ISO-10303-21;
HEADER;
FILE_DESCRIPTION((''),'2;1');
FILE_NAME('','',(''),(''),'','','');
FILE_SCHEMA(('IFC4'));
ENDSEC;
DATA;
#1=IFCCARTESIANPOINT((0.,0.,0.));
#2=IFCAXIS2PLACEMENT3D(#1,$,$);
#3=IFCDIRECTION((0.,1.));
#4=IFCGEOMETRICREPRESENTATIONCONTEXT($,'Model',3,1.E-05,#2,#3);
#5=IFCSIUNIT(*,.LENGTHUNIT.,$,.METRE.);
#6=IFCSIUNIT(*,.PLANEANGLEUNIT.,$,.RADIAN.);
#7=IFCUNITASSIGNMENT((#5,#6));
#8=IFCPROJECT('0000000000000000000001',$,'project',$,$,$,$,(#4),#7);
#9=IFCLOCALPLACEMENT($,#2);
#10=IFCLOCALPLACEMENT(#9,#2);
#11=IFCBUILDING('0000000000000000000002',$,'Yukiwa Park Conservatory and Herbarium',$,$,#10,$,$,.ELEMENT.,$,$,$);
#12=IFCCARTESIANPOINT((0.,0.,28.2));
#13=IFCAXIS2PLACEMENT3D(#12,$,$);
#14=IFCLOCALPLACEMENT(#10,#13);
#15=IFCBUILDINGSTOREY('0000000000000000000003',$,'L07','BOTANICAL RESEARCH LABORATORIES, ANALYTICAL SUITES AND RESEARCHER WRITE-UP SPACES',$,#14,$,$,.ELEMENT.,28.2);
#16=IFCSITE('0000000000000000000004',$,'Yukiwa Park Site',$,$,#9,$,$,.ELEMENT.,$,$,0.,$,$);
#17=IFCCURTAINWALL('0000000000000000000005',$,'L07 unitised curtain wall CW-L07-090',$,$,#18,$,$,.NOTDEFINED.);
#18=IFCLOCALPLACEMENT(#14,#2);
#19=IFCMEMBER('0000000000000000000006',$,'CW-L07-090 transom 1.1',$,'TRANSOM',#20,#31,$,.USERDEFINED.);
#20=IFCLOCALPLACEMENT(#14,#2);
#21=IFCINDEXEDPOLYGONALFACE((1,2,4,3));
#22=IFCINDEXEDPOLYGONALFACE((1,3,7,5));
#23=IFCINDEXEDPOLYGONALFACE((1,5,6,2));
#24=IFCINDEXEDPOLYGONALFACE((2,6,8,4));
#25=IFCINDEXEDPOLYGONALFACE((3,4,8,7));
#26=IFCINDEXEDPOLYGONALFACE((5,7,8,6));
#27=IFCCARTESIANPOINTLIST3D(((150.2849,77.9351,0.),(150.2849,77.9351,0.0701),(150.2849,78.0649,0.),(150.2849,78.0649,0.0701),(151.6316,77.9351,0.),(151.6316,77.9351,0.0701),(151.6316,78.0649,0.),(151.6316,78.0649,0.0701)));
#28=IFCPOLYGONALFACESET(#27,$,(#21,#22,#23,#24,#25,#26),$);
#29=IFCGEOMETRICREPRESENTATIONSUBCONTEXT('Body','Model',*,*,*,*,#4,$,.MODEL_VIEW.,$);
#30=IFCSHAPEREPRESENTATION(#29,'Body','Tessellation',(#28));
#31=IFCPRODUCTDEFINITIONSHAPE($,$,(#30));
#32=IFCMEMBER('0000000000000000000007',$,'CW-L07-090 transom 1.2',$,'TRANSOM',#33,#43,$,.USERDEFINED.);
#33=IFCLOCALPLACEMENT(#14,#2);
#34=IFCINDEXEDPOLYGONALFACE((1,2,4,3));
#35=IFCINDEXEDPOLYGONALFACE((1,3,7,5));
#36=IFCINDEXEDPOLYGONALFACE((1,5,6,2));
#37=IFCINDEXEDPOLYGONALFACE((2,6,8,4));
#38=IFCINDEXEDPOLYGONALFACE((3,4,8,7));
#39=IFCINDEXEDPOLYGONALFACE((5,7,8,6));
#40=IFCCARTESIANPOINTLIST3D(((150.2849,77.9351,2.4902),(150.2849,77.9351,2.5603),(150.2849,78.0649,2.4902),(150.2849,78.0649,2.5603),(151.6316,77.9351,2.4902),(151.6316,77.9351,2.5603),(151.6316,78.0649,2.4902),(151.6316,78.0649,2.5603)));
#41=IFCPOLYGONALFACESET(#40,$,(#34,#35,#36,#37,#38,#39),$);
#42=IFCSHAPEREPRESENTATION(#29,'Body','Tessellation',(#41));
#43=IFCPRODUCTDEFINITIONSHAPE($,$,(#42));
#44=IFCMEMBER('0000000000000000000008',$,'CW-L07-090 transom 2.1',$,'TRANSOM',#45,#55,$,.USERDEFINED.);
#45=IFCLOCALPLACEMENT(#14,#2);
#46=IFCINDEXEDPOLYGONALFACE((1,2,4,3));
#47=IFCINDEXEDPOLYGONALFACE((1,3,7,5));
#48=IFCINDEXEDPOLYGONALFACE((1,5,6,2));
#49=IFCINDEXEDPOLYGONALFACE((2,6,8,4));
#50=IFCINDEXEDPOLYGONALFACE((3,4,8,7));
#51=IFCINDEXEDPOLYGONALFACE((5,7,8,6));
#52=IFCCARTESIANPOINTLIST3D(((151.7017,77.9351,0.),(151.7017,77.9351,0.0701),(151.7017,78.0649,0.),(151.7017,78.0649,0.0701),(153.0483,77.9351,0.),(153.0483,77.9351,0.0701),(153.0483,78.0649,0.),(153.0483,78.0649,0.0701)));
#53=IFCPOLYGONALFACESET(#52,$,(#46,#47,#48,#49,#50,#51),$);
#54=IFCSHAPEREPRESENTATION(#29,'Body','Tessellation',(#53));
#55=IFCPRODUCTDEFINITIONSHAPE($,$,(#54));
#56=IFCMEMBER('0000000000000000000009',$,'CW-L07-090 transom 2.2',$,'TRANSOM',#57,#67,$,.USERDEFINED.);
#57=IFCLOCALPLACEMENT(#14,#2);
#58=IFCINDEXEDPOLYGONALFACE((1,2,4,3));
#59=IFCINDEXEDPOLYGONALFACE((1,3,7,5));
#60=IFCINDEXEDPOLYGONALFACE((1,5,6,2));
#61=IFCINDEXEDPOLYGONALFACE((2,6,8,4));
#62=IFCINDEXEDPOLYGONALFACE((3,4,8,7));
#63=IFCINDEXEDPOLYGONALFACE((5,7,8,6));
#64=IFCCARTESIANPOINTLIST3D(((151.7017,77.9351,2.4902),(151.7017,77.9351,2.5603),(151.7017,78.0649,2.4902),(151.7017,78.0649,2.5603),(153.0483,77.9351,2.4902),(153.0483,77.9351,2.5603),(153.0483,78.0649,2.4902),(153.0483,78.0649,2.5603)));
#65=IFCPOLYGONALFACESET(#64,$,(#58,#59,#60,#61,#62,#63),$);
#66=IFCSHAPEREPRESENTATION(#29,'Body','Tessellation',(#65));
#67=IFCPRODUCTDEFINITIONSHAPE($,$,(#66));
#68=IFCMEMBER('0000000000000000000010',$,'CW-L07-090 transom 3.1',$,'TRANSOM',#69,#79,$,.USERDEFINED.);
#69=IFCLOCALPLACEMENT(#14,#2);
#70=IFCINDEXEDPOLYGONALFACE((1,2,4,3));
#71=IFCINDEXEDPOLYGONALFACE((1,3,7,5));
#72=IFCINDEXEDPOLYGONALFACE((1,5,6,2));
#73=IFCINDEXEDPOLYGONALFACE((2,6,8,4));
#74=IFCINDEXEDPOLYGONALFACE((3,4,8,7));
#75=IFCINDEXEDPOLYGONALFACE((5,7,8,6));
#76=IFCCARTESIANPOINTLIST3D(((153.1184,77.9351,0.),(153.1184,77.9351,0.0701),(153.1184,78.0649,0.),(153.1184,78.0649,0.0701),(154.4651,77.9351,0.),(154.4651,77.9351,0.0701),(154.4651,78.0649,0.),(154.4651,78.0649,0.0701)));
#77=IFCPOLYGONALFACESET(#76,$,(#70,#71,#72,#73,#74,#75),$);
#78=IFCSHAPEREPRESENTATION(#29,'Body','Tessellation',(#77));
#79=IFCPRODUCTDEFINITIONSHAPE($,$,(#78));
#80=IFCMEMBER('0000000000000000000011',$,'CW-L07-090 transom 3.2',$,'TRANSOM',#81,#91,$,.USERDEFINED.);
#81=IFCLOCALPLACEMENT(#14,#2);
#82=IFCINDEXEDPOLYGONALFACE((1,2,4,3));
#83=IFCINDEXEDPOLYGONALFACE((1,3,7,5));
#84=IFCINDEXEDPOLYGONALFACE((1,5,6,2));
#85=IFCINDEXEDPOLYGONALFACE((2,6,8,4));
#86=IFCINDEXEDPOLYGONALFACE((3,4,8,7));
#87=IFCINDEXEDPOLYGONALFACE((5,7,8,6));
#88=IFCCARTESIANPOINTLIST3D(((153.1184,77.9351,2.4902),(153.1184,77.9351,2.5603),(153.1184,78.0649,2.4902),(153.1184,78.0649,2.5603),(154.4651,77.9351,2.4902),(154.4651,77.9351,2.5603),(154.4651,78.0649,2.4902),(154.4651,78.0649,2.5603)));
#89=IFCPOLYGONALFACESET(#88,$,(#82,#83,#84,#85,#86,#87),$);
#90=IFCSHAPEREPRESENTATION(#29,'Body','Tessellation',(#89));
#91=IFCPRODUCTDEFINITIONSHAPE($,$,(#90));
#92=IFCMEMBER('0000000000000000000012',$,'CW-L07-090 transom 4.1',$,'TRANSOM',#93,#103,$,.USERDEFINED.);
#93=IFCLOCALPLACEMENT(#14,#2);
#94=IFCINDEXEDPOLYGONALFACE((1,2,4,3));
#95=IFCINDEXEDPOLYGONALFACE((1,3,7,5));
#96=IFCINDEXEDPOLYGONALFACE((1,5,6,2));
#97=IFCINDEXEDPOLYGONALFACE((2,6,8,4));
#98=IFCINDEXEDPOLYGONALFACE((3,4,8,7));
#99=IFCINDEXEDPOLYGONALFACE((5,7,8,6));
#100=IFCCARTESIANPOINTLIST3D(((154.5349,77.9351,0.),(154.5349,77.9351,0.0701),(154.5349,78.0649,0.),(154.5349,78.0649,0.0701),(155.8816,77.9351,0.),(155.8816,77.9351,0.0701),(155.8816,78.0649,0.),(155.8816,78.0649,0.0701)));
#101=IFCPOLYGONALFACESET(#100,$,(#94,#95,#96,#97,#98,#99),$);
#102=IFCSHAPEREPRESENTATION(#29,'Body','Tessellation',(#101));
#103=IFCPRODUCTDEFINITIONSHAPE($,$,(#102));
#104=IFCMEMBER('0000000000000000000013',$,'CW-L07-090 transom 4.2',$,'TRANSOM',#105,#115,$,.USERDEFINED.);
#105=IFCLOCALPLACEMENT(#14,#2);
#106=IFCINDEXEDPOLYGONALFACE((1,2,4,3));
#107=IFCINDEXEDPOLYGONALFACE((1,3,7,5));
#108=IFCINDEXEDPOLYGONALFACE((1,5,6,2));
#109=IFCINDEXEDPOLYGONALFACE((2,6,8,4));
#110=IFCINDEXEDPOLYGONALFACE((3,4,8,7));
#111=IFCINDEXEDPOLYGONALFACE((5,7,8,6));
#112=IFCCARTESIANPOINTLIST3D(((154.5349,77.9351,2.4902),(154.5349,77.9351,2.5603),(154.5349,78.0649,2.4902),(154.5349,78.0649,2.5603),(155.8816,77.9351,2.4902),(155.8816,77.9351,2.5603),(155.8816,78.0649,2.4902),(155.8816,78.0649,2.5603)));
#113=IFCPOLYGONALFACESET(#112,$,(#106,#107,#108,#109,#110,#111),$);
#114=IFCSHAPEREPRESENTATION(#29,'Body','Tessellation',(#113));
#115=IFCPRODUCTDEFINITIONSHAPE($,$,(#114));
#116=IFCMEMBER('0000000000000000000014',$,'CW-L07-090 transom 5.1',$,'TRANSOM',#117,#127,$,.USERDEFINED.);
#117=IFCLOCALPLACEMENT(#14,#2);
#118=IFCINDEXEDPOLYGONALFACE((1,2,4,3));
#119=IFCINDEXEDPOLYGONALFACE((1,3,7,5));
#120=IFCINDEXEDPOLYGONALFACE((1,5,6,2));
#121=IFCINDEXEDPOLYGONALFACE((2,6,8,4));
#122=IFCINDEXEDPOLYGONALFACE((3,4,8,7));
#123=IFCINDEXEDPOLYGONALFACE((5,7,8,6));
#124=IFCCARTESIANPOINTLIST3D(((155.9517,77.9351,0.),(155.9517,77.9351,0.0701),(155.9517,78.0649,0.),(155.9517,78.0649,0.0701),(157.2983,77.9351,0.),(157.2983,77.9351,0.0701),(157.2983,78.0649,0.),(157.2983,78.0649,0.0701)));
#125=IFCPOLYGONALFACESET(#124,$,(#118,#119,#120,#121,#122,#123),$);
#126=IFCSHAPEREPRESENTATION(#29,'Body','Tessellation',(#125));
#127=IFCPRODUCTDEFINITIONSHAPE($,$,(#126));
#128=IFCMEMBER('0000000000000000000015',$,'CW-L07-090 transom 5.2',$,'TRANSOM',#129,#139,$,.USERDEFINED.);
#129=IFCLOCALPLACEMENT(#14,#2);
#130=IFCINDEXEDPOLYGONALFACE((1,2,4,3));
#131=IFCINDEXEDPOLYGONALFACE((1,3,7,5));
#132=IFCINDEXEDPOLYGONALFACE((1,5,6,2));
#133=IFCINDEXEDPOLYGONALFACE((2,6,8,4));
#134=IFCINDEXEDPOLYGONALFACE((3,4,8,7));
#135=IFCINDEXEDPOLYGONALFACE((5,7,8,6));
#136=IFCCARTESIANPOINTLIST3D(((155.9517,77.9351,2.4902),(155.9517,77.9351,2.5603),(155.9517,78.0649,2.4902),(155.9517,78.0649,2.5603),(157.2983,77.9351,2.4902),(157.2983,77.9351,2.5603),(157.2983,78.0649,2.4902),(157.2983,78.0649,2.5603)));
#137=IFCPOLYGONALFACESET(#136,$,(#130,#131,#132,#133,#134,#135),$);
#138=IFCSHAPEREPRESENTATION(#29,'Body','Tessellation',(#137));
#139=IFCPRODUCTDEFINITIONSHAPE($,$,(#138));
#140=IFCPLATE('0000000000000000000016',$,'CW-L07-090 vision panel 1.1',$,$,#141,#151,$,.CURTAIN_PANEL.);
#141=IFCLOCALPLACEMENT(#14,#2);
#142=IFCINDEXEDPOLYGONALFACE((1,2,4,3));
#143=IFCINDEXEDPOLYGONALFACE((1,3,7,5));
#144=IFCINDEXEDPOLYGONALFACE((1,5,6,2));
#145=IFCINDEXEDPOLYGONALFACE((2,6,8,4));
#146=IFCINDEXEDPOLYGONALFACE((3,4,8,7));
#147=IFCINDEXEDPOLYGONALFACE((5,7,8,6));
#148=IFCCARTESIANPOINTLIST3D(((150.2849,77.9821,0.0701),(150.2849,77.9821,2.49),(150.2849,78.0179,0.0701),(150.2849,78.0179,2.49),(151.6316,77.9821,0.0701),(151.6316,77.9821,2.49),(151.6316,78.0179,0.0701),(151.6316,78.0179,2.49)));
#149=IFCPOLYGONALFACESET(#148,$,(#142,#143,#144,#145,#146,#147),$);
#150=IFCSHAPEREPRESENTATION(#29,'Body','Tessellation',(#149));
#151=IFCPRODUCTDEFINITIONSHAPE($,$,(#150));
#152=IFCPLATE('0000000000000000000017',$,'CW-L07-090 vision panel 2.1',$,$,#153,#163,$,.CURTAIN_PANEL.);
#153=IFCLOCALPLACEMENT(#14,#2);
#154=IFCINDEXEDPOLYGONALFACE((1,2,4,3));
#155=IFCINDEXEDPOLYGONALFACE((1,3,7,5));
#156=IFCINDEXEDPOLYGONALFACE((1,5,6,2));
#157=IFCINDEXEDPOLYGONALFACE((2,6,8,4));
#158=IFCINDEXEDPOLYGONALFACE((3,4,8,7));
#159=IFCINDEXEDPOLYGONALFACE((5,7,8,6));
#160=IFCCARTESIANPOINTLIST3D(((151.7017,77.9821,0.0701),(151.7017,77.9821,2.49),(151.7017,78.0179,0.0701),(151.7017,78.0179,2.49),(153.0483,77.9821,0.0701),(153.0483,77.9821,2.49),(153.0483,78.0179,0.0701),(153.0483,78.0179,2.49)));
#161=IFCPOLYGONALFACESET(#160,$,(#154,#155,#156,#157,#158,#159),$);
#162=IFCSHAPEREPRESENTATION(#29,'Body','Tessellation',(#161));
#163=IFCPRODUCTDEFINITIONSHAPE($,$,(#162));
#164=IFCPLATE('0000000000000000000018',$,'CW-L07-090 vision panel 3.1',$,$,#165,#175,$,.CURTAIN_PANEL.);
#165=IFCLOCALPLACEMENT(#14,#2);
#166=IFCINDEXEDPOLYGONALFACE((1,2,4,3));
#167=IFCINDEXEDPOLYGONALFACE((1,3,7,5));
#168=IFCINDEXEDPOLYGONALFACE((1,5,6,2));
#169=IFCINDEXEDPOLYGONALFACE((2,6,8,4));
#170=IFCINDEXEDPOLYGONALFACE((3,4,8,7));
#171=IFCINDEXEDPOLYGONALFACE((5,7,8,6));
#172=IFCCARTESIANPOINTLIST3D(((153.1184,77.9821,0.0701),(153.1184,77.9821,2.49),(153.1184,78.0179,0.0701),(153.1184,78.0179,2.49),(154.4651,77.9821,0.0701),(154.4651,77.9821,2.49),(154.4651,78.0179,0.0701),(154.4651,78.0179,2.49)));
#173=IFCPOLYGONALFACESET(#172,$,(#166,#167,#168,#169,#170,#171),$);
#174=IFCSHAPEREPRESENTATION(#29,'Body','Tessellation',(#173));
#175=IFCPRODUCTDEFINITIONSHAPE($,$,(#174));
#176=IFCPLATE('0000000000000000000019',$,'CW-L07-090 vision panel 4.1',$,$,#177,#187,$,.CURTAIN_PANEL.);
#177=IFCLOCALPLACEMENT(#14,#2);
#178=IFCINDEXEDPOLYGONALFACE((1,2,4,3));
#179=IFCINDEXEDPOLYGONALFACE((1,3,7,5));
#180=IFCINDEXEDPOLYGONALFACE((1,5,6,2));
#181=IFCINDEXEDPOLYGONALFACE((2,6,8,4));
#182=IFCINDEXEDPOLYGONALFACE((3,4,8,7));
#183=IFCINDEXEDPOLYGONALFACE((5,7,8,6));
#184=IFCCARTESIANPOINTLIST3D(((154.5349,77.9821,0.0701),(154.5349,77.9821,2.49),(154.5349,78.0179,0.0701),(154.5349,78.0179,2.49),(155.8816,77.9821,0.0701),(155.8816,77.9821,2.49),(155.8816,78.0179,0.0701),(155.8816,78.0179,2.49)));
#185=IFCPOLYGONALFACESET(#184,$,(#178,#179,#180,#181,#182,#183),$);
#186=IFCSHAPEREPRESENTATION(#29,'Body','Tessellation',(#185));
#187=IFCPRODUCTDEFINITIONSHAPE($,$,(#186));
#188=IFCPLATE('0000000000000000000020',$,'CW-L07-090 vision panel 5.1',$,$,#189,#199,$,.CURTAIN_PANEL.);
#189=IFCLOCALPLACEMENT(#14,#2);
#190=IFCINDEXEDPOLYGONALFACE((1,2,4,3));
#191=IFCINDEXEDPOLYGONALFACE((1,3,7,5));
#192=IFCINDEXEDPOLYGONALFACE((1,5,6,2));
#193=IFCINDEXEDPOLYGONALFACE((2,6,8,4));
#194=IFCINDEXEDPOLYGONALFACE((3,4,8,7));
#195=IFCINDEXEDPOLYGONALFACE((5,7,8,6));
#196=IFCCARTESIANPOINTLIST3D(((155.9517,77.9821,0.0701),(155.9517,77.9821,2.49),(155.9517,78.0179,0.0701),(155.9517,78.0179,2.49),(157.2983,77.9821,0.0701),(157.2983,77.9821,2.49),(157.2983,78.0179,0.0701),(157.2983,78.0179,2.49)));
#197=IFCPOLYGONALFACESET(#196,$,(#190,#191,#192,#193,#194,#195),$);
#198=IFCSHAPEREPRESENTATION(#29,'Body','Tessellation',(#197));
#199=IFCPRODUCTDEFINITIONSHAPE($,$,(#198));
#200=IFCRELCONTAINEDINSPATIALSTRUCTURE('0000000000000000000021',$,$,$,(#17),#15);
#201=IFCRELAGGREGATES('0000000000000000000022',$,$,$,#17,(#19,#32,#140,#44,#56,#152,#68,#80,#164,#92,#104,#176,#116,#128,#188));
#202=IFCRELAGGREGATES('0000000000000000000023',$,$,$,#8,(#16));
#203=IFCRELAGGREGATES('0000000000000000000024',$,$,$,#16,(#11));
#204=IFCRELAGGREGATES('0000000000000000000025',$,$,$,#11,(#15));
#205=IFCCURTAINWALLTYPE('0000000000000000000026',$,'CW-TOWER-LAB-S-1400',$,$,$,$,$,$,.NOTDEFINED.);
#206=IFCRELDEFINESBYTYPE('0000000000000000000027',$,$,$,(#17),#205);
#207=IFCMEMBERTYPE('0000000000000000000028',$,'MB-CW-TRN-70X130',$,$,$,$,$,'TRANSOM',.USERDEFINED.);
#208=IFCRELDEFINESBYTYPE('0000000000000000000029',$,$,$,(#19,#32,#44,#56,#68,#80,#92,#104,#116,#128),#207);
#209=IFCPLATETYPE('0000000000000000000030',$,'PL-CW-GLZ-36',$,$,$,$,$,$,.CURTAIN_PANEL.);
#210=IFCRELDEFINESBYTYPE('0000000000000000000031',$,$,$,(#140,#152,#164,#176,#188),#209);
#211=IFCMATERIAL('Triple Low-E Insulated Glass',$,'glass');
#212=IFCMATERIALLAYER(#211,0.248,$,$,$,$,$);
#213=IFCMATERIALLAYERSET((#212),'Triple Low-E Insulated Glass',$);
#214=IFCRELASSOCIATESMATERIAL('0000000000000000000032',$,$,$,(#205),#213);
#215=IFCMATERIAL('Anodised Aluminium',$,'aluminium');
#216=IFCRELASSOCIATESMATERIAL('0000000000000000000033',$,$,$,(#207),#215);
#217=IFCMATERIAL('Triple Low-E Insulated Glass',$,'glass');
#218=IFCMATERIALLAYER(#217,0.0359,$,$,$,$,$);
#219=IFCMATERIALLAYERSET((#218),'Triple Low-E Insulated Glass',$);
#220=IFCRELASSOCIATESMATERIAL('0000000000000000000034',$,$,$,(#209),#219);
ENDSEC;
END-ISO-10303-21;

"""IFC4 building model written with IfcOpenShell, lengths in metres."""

from ifc_helpers import new_model, si_unit, direction, frame, origin, origin_2d, place, context, subcontext, project, spatial, rectangle, extrude, material, layer, layer_set, type_object, element, aggregate, save


model = new_model("IFC4")

# Units and contexts
model_context = context("Model", 3, precision=1e-05, world=origin(), true_north=direction((0.0, 1.0)))
body_context = subcontext(model_context, "Body", "Model", "MODEL_VIEW")
ifc_project = project(units=[si_unit("LENGTHUNIT", "METRE"), si_unit("PLANEANGLEUNIT", "RADIAN")], contexts=[model_context])

# Site, building, storey
site_placement = place(None, origin())
site = spatial("IfcSite", under=ifc_project, at=site_placement, Name="Yukiwa Park Site", CompositionType="ELEMENT", RefElevation=0.0)
building_placement = place(site_placement, origin())
building = spatial("IfcBuilding", under=site, at=building_placement, Name="Yukiwa Park Conservatory and Herbarium", CompositionType="ELEMENT")
storey_placement = place(building_placement, frame((0.0, 0.0, 28.2)))
storey = spatial("IfcBuildingStorey", under=building, at=storey_placement, Name="L07", Description="BOTANICAL RESEARCH LABORATORIES, ANALYTICAL SUITES AND RESEARCHER WRITE-UP SPACES", CompositionType="ELEMENT", Elevation=28.2)

# Curtain wall, members, plates
ifc_material_1 = material(Name="Triple Low-E Insulated Glass", Category="glass")
ifc_layer_1 = layer(ifc_material_1, 0.248)
ifc_layer_set_1 = layer_set([ifc_layer_1], Name="Triple Low-E Insulated Glass")
curtain_wall_type = type_object("IfcCurtainWallType", Name="CW-TOWER-LAB-S-1400", PredefinedType="NOTDEFINED", material=ifc_layer_set_1)
curtain_wall_placement = place(storey_placement, origin())
curtain_wall = element("IfcCurtainWall", 1, at=curtain_wall_placement, inside=storey, type_object=curtain_wall_type, Name="L07 unitised curtain wall CW-L07-090", PredefinedType="NOTDEFINED")
ifc_material_2 = material(Name="Anodised Aluminium", Category="aluminium")
member_type_1 = type_object("IfcMemberType", Name="MB-CW-TRN-70X130", ElementType="TRANSOM", PredefinedType="USERDEFINED", material=ifc_material_2)
member_1_placement = place(storey_placement, frame((150.9583, 78.0, 0.0), z_axis=(0.0, 0.0, 1.0), x_axis=(1.0, 0.0, 0.0)))
member_1 = element("IfcMember", 2, at=member_1_placement, type_object=member_type_1, Name="CW-L07-090 transom 1.1", ObjectType="TRANSOM", PredefinedType="USERDEFINED", context=body_context, shape_type="SweptSolid", body=[
    extrude(rectangle(XDim=1.3467, YDim=0.1299, at=origin_2d()), origin(), (0.0, 0.0, 1.0), 0.0701),
])
member_2_placement = place(storey_placement, frame((150.9583, 78.0, 2.4902), z_axis=(0.0, 0.0, 1.0), x_axis=(1.0, 0.0, 0.0)))
member_2 = element("IfcMember", 3, at=member_2_placement, type_object=member_type_1, Name="CW-L07-090 transom 1.2", ObjectType="TRANSOM", PredefinedType="USERDEFINED", context=body_context, shape_type="SweptSolid", body=[
    extrude(rectangle(XDim=1.3467, YDim=0.1299, at=origin_2d()), origin(), (0.0, 0.0, 1.0), 0.0701),
])
member_3_placement = place(storey_placement, frame((152.375, 78.0, 0.0), z_axis=(0.0, 0.0, 1.0), x_axis=(1.0, 0.0, 0.0)))
member_3 = element("IfcMember", 4, at=member_3_placement, type_object=member_type_1, Name="CW-L07-090 transom 2.1", ObjectType="TRANSOM", PredefinedType="USERDEFINED", context=body_context, shape_type="SweptSolid", body=[
    extrude(rectangle(XDim=1.3467, YDim=0.1299, at=origin_2d()), origin(), (0.0, 0.0, 1.0), 0.0701),
])
member_4_placement = place(storey_placement, frame((152.375, 78.0, 2.4902), z_axis=(0.0, 0.0, 1.0), x_axis=(1.0, 0.0, 0.0)))
member_4 = element("IfcMember", 5, at=member_4_placement, type_object=member_type_1, Name="CW-L07-090 transom 2.2", ObjectType="TRANSOM", PredefinedType="USERDEFINED", context=body_context, shape_type="SweptSolid", body=[
    extrude(rectangle(XDim=1.3467, YDim=0.1299, at=origin_2d()), origin(), (0.0, 0.0, 1.0), 0.0701),
])
member_5_placement = place(storey_placement, frame((153.7917, 78.0, 0.0), z_axis=(0.0, 0.0, 1.0), x_axis=(1.0, 0.0, 0.0)))
member_5 = element("IfcMember", 6, at=member_5_placement, type_object=member_type_1, Name="CW-L07-090 transom 3.1", ObjectType="TRANSOM", PredefinedType="USERDEFINED", context=body_context, shape_type="SweptSolid", body=[
    extrude(rectangle(XDim=1.3467, YDim=0.1299, at=origin_2d()), origin(), (0.0, 0.0, 1.0), 0.0701),
])
member_6_placement = place(storey_placement, frame((153.7917, 78.0, 2.4902), z_axis=(0.0, 0.0, 1.0), x_axis=(1.0, 0.0, 0.0)))
member_6 = element("IfcMember", 7, at=member_6_placement, type_object=member_type_1, Name="CW-L07-090 transom 3.2", ObjectType="TRANSOM", PredefinedType="USERDEFINED", context=body_context, shape_type="SweptSolid", body=[
    extrude(rectangle(XDim=1.3467, YDim=0.1299, at=origin_2d()), origin(), (0.0, 0.0, 1.0), 0.0701),
])
member_7_placement = place(storey_placement, frame((155.2083, 78.0, 0.0), z_axis=(0.0, 0.0, 1.0), x_axis=(1.0, 0.0, 0.0)))
member_7 = element("IfcMember", 8, at=member_7_placement, type_object=member_type_1, Name="CW-L07-090 transom 4.1", ObjectType="TRANSOM", PredefinedType="USERDEFINED", context=body_context, shape_type="SweptSolid", body=[
    extrude(rectangle(XDim=1.3467, YDim=0.1299, at=origin_2d()), origin(), (0.0, 0.0, 1.0), 0.0701),
])
member_8_placement = place(storey_placement, frame((155.2083, 78.0, 2.4902), z_axis=(0.0, 0.0, 1.0), x_axis=(1.0, 0.0, 0.0)))
member_8 = element("IfcMember", 9, at=member_8_placement, type_object=member_type_1, Name="CW-L07-090 transom 4.2", ObjectType="TRANSOM", PredefinedType="USERDEFINED", context=body_context, shape_type="SweptSolid", body=[
    extrude(rectangle(XDim=1.3467, YDim=0.1299, at=origin_2d()), origin(), (0.0, 0.0, 1.0), 0.0701),
])
member_9_placement = place(storey_placement, frame((156.625, 78.0, 0.0), z_axis=(0.0, 0.0, 1.0), x_axis=(1.0, 0.0, 0.0)))
member_9 = element("IfcMember", 10, at=member_9_placement, type_object=member_type_1, Name="CW-L07-090 transom 5.1", ObjectType="TRANSOM", PredefinedType="USERDEFINED", context=body_context, shape_type="SweptSolid", body=[
    extrude(rectangle(XDim=1.3467, YDim=0.1299, at=origin_2d()), origin(), (0.0, 0.0, 1.0), 0.0701),
])
member_10_placement = place(storey_placement, frame((156.625, 78.0, 2.4902), z_axis=(0.0, 0.0, 1.0), x_axis=(1.0, 0.0, 0.0)))
member_10 = element("IfcMember", 11, at=member_10_placement, type_object=member_type_1, Name="CW-L07-090 transom 5.2", ObjectType="TRANSOM", PredefinedType="USERDEFINED", context=body_context, shape_type="SweptSolid", body=[
    extrude(rectangle(XDim=1.3467, YDim=0.1299, at=origin_2d()), origin(), (0.0, 0.0, 1.0), 0.0701),
])
ifc_material_3 = material(Name="Triple Low-E Insulated Glass", Category="glass")
ifc_layer_2 = layer(ifc_material_3, 0.0359)
ifc_layer_set_2 = layer_set([ifc_layer_2], Name="Triple Low-E Insulated Glass")
plate_type_1 = type_object("IfcPlateType", Name="PL-CW-GLZ-36", PredefinedType="CURTAIN_PANEL", material=ifc_layer_set_2)
plate_1_placement = place(storey_placement, frame((150.9583, 78.0, 0.0701), z_axis=(0.0, 0.0, 1.0), x_axis=(1.0, 0.0, 0.0)))
plate_1 = element("IfcPlate", 12, at=plate_1_placement, type_object=plate_type_1, Name="CW-L07-090 vision panel 1.1", PredefinedType="CURTAIN_PANEL", context=body_context, shape_type="SweptSolid", body=[
    extrude(rectangle(XDim=1.3467, YDim=0.0359, at=origin_2d()), origin(), (0.0, 0.0, 1.0), 2.4199),
])
plate_2_placement = place(storey_placement, frame((152.375, 78.0, 0.0701), z_axis=(0.0, 0.0, 1.0), x_axis=(1.0, 0.0, 0.0)))
plate_2 = element("IfcPlate", 13, at=plate_2_placement, type_object=plate_type_1, Name="CW-L07-090 vision panel 2.1", PredefinedType="CURTAIN_PANEL", context=body_context, shape_type="SweptSolid", body=[
    extrude(rectangle(XDim=1.3467, YDim=0.0359, at=origin_2d()), origin(), (0.0, 0.0, 1.0), 2.4199),
])
plate_3_placement = place(storey_placement, frame((153.7917, 78.0, 0.0701), z_axis=(0.0, 0.0, 1.0), x_axis=(1.0, 0.0, 0.0)))
plate_3 = element("IfcPlate", 14, at=plate_3_placement, type_object=plate_type_1, Name="CW-L07-090 vision panel 3.1", PredefinedType="CURTAIN_PANEL", context=body_context, shape_type="SweptSolid", body=[
    extrude(rectangle(XDim=1.3467, YDim=0.0359, at=origin_2d()), origin(), (0.0, 0.0, 1.0), 2.4199),
])
plate_4_placement = place(storey_placement, frame((155.2083, 78.0, 0.0701), z_axis=(0.0, 0.0, 1.0), x_axis=(1.0, 0.0, 0.0)))
plate_4 = element("IfcPlate", 15, at=plate_4_placement, type_object=plate_type_1, Name="CW-L07-090 vision panel 4.1", PredefinedType="CURTAIN_PANEL", context=body_context, shape_type="SweptSolid", body=[
    extrude(rectangle(XDim=1.3467, YDim=0.0359, at=origin_2d()), origin(), (0.0, 0.0, 1.0), 2.4199),
])
plate_5_placement = place(storey_placement, frame((156.625, 78.0, 0.0701), z_axis=(0.0, 0.0, 1.0), x_axis=(1.0, 0.0, 0.0)))
plate_5 = element("IfcPlate", 16, at=plate_5_placement, type_object=plate_type_1, Name="CW-L07-090 vision panel 5.1", PredefinedType="CURTAIN_PANEL", context=body_context, shape_type="SweptSolid", body=[
    extrude(rectangle(XDim=1.3467, YDim=0.0359, at=origin_2d()), origin(), (0.0, 0.0, 1.0), 2.4199),
])
aggregate(curtain_wall, [member_1, member_2, plate_1, member_3, member_4, plate_2, member_5, member_6, plate_3, member_7, member_8, plate_4, member_9, member_10, plate_5])

save(model, "model.ifc")
